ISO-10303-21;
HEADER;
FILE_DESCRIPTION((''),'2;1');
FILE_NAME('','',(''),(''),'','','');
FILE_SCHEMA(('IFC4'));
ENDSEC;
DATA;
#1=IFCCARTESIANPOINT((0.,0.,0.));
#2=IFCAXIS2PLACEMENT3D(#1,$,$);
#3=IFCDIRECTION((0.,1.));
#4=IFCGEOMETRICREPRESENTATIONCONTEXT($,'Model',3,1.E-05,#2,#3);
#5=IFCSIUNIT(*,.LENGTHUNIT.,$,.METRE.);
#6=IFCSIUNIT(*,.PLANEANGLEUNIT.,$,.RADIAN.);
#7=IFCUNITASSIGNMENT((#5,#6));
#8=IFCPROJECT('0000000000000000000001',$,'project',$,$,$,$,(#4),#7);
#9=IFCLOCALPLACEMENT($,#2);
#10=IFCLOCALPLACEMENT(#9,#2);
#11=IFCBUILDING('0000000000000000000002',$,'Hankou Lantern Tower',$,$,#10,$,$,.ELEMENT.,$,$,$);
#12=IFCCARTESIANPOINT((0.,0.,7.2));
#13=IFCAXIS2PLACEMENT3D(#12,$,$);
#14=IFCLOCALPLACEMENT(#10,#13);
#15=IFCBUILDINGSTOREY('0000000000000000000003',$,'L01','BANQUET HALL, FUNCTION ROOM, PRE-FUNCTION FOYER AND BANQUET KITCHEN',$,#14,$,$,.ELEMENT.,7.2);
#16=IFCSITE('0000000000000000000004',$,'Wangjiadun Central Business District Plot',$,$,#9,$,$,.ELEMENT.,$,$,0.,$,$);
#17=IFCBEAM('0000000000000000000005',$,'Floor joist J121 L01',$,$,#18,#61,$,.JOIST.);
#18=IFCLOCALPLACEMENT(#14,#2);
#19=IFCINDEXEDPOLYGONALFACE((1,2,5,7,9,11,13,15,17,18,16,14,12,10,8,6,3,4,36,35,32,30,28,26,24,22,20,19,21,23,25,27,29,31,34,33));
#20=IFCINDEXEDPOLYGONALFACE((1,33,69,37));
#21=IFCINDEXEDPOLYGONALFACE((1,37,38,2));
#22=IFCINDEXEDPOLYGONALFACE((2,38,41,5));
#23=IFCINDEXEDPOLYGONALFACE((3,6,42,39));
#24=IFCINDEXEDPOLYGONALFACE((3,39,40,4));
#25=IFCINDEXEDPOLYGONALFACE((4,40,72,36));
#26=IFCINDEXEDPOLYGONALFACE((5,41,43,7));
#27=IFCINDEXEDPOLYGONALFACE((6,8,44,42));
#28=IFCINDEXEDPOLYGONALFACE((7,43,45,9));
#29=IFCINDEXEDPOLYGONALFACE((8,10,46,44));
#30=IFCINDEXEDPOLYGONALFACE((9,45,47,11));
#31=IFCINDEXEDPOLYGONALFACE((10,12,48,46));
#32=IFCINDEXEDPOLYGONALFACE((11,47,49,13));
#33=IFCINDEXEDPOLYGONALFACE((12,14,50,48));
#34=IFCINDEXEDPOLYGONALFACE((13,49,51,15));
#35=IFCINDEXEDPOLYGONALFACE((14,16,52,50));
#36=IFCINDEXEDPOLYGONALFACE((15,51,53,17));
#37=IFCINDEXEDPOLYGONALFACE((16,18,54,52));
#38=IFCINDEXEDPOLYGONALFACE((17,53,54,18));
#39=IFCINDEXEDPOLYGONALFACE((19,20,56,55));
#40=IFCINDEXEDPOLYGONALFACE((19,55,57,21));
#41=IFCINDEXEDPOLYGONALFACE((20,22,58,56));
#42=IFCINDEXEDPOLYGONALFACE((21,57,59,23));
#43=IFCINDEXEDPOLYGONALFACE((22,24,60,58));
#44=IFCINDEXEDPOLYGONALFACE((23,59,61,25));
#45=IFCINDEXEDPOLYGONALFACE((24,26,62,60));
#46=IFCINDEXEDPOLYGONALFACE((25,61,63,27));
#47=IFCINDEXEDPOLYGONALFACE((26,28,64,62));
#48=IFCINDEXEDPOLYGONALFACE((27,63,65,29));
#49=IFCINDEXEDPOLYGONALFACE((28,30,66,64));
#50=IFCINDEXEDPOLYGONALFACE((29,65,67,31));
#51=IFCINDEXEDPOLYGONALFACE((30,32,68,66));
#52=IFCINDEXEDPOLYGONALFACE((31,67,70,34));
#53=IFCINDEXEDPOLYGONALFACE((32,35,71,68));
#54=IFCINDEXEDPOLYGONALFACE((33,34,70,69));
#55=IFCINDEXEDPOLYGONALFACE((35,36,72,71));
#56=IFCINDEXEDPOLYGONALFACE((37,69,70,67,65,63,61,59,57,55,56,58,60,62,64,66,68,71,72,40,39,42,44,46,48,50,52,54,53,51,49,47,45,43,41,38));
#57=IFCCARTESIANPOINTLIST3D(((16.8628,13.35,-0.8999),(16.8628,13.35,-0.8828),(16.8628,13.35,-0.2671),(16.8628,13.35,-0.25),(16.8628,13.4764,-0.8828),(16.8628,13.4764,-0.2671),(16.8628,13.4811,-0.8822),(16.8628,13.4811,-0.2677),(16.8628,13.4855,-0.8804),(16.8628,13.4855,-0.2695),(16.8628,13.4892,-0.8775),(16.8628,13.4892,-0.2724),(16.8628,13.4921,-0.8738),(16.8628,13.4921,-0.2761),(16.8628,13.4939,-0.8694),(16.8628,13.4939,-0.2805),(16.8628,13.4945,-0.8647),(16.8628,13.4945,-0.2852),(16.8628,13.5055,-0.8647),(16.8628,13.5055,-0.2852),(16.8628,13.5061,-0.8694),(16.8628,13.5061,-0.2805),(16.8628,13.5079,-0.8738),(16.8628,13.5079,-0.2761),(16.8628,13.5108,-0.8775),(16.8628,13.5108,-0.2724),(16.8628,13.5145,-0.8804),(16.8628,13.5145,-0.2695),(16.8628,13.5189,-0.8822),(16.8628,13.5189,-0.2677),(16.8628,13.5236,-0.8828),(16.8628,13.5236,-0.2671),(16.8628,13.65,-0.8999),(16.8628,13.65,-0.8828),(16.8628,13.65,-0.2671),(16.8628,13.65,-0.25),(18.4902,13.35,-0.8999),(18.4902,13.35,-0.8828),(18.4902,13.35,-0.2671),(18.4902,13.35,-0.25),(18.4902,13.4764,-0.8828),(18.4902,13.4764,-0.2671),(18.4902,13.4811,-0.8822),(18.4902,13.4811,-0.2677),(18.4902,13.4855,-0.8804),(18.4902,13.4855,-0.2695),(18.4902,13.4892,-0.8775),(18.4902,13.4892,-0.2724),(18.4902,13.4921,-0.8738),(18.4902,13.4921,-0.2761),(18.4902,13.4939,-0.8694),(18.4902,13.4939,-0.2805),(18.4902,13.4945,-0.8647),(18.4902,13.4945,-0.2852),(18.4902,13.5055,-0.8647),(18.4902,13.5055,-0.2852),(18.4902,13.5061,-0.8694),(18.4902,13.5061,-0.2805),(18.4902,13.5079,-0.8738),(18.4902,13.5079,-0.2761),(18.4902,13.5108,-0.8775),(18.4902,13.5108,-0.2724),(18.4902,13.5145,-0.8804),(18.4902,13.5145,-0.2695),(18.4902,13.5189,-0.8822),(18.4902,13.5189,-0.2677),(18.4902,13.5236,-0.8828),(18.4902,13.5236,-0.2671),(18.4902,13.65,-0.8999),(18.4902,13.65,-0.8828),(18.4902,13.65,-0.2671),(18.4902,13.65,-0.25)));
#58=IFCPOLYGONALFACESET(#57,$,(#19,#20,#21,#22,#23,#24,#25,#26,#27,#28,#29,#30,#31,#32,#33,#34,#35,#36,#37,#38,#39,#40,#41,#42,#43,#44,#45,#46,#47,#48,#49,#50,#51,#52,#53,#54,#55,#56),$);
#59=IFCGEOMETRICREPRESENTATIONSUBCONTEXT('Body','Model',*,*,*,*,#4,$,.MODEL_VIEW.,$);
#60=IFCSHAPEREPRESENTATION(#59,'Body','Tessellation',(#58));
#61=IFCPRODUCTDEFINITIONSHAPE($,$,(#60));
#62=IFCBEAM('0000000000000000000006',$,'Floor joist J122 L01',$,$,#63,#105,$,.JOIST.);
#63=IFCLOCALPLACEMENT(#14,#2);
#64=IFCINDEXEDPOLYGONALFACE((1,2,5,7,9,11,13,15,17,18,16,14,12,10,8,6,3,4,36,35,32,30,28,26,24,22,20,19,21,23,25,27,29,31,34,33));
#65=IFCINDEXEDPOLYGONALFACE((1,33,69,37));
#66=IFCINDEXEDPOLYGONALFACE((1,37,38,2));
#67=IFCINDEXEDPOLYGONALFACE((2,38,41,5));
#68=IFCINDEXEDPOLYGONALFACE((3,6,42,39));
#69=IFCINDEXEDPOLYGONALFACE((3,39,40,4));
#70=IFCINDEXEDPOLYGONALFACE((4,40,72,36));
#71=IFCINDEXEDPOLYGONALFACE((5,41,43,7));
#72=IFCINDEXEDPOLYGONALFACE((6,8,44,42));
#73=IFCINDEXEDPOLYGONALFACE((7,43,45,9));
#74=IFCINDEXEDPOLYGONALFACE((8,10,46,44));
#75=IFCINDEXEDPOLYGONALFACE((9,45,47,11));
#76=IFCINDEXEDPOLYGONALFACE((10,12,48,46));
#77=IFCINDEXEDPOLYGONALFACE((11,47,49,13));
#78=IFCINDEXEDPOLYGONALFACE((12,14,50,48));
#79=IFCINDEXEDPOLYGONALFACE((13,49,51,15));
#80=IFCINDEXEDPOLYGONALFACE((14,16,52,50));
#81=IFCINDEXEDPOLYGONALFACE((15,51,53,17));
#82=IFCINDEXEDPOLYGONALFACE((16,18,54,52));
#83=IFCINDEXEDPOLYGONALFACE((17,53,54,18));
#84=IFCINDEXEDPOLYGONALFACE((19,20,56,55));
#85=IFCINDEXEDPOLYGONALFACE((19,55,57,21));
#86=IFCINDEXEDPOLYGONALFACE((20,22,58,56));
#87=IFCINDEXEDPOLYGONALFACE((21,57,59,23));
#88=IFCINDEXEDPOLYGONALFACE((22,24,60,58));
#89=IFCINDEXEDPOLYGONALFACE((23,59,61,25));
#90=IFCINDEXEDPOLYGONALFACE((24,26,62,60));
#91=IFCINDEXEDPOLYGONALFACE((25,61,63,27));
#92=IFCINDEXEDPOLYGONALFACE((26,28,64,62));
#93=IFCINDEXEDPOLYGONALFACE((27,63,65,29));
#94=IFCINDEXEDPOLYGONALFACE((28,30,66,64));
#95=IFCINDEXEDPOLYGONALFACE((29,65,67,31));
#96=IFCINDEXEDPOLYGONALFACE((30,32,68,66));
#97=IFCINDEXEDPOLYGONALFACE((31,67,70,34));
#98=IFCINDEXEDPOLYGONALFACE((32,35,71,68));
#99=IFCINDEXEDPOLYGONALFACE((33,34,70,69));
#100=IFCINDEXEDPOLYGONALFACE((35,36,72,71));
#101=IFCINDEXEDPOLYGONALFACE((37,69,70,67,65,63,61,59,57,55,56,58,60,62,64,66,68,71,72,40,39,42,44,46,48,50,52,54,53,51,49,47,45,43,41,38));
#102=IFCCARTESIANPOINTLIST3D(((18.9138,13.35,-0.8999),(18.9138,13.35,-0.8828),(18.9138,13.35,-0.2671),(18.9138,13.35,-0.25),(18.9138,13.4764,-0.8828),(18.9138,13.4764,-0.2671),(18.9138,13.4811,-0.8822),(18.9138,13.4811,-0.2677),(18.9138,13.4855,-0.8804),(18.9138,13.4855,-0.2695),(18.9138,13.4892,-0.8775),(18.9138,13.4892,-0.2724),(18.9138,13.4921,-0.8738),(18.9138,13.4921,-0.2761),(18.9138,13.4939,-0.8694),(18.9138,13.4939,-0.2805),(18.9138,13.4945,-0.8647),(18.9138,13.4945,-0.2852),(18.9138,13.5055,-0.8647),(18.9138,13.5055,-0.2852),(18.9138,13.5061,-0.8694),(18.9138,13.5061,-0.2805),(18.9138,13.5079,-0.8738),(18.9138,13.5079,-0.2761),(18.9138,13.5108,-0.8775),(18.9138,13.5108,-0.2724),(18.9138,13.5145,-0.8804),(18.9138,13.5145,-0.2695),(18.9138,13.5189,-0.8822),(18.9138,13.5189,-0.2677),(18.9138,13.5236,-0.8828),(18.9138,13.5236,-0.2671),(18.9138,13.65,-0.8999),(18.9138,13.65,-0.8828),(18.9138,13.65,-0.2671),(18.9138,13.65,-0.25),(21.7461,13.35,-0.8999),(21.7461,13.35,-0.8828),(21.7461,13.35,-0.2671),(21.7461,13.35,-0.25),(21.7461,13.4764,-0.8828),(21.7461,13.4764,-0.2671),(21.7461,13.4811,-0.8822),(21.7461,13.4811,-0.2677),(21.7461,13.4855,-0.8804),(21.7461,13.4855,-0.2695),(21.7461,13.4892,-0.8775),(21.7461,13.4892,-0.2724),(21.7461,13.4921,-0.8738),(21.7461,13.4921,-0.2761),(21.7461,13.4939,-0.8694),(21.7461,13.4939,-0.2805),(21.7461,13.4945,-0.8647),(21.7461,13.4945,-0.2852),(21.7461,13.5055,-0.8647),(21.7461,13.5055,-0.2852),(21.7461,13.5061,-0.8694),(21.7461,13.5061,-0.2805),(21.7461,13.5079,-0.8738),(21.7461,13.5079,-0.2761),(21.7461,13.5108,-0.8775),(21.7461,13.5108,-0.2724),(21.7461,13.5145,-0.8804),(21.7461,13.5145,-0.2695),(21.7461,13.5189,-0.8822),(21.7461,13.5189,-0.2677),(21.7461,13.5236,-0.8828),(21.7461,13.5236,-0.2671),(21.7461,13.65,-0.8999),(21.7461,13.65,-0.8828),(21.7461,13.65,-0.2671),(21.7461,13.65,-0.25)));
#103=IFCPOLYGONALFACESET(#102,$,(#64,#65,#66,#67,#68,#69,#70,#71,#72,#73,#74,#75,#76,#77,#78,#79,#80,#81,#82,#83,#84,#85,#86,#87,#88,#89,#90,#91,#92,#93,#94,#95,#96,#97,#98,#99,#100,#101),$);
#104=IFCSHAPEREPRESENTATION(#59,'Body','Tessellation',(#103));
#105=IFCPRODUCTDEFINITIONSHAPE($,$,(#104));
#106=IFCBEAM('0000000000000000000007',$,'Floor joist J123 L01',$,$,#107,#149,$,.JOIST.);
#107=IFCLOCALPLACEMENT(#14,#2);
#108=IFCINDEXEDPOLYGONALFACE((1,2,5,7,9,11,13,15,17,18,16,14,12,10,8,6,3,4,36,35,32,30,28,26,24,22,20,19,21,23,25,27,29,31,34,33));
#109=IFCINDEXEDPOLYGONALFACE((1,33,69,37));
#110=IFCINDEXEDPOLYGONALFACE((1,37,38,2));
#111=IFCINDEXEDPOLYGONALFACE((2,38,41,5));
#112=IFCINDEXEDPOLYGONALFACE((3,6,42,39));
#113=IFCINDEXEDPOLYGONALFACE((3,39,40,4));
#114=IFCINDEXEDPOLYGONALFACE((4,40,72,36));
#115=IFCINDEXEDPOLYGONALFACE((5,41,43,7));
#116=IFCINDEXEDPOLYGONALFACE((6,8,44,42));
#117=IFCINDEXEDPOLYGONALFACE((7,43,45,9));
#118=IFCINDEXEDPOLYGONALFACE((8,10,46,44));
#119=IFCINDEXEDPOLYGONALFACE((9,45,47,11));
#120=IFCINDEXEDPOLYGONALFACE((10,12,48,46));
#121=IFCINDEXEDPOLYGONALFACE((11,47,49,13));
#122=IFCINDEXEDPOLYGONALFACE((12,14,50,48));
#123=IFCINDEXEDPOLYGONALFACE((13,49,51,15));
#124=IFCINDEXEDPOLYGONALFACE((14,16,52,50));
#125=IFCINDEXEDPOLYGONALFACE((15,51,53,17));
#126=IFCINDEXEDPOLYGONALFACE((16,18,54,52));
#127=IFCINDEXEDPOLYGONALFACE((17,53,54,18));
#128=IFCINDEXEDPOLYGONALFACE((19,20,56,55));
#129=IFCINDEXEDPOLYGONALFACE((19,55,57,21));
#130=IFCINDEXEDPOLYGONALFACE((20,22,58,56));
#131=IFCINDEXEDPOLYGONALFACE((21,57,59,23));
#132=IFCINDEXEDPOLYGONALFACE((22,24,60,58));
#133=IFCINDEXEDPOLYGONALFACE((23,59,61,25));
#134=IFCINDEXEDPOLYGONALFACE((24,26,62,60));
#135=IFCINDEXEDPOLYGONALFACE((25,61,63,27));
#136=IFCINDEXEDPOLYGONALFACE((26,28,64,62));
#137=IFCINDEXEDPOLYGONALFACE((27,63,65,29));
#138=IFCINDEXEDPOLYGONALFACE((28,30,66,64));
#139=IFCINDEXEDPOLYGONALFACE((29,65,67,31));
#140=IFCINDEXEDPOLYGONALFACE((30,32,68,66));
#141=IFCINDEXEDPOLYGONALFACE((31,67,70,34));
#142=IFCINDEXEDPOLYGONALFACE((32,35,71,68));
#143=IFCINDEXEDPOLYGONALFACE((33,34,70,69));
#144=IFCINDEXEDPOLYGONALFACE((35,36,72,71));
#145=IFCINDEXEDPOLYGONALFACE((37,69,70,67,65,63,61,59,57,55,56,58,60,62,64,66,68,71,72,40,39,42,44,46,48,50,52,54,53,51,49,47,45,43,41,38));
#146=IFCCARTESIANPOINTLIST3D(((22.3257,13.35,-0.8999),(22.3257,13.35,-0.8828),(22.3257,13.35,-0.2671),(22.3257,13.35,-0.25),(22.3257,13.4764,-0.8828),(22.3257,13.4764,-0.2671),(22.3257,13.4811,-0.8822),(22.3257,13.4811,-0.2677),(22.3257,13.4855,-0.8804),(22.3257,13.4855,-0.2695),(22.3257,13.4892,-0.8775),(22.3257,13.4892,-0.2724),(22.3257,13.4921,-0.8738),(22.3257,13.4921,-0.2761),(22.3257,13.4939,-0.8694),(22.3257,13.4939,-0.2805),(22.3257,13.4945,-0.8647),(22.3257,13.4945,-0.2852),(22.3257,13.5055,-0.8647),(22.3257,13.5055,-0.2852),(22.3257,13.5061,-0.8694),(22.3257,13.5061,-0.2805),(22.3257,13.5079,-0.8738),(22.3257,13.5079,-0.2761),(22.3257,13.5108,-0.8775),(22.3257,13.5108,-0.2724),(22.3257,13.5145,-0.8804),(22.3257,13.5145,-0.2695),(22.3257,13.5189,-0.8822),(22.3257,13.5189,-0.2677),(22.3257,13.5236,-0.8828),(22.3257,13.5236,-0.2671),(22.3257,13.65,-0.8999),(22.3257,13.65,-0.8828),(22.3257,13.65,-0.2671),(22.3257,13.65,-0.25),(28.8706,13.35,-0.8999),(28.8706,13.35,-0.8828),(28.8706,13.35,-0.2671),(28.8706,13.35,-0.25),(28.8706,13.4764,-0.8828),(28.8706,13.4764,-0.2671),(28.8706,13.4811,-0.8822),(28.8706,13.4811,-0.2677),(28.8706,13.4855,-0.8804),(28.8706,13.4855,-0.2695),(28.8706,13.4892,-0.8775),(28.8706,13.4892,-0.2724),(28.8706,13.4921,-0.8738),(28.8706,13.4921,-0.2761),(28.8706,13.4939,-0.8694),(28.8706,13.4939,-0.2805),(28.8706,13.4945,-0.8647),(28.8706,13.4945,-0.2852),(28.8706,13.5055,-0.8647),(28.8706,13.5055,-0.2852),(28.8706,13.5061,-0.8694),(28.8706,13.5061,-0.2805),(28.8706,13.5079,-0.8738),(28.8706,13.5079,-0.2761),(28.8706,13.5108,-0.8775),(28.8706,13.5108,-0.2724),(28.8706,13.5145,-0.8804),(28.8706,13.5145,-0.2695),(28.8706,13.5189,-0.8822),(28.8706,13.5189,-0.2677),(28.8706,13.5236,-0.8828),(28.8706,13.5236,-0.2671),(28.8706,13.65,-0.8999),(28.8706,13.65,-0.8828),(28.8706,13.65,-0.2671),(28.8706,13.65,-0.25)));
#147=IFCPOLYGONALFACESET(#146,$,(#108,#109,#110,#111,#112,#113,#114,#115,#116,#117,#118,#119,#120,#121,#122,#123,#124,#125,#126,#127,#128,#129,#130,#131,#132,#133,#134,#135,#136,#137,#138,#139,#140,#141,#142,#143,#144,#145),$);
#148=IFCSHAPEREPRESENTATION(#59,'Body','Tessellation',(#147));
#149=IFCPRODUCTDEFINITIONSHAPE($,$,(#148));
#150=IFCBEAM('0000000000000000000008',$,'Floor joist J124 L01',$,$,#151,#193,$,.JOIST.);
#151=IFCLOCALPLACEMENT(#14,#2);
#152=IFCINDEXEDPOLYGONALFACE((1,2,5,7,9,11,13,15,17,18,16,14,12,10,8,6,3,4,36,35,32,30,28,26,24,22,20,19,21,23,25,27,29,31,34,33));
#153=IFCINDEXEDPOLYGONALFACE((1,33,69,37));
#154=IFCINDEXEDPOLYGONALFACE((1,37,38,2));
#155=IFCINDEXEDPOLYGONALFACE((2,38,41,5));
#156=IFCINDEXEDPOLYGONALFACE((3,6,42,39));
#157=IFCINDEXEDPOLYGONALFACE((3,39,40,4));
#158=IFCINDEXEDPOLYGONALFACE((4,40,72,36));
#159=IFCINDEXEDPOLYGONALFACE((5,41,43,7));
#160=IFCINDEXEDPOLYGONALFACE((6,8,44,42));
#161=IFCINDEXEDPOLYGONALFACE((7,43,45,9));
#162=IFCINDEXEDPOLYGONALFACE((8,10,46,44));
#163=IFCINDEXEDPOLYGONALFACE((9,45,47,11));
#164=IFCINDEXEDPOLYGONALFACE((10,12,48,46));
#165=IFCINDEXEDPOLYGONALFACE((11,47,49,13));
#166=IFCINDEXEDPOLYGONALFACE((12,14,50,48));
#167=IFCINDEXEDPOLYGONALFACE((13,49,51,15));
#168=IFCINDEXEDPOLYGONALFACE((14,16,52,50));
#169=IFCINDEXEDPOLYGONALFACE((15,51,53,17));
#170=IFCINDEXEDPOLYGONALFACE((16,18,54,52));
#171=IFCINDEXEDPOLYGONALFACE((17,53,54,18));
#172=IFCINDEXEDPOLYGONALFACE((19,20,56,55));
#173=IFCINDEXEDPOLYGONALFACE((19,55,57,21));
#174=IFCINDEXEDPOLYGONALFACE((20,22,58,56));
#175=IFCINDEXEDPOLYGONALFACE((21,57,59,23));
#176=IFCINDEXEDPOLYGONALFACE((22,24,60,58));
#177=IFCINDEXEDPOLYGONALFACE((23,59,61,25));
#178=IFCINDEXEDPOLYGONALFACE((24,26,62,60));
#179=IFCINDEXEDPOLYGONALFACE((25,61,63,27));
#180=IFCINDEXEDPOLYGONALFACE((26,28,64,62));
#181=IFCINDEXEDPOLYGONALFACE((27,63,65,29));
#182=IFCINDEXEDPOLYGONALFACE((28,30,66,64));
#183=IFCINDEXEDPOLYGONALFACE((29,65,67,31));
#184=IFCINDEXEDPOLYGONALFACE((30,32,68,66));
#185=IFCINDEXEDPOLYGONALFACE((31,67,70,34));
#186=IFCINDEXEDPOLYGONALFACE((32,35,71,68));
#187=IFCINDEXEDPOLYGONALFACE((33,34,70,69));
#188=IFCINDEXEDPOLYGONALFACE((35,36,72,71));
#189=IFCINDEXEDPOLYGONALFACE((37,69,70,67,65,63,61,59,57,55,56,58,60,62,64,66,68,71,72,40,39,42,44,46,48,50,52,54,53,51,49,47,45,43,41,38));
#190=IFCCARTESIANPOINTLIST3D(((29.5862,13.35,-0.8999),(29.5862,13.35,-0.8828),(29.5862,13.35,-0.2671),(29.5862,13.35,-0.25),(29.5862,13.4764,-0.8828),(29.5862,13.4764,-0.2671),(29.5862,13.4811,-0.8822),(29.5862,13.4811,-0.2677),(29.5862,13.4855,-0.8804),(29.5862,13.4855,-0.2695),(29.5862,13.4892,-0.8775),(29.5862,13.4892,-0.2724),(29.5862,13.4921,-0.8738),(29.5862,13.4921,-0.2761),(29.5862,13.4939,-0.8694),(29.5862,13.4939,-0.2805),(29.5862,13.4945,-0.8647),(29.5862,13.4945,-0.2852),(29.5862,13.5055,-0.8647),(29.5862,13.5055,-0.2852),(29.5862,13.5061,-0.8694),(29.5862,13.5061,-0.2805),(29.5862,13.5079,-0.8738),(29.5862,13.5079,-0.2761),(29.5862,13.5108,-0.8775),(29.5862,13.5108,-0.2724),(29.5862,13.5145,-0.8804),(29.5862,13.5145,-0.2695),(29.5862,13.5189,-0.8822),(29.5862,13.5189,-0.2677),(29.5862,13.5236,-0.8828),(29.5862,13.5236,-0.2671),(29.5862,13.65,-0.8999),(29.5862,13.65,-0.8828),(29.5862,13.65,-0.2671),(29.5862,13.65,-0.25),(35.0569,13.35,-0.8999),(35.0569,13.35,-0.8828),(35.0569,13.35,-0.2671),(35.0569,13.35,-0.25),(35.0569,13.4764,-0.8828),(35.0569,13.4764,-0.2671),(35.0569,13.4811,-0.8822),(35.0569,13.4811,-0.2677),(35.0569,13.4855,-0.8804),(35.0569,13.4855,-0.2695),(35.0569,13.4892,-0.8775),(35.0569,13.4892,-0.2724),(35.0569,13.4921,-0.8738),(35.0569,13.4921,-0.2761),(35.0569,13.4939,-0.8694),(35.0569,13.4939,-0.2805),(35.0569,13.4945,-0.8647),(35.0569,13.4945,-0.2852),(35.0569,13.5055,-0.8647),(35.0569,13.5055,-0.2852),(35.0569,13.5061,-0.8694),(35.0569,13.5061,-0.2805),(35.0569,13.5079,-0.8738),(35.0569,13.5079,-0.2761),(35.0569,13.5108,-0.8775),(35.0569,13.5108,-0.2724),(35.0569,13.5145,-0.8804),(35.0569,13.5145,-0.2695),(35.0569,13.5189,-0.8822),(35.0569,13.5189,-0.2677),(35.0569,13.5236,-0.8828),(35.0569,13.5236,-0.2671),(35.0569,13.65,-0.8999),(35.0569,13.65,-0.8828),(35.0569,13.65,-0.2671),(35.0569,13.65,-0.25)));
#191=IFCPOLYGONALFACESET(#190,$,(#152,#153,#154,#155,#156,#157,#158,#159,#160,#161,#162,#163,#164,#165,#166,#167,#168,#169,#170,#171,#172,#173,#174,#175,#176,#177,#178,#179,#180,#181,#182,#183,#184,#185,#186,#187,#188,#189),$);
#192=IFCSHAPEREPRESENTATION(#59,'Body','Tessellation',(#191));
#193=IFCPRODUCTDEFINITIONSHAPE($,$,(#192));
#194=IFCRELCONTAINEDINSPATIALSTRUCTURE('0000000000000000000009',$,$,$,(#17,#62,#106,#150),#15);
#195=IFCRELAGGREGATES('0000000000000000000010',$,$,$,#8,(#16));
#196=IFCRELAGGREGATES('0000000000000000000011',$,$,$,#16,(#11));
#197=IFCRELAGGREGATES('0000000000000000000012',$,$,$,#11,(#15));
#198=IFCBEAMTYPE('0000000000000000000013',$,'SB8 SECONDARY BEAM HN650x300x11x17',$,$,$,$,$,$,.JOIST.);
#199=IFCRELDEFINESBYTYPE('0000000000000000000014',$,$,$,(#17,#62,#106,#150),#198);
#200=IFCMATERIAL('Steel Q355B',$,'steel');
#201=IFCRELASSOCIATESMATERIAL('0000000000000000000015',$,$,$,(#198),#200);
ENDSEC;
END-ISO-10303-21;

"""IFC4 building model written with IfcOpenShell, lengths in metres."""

from ifc_helpers import new_model, si_unit, direction, frame, origin, origin_2d, place, context, subcontext, project, spatial, i_section, extrude, material, material_profile, profile_set, type_object, element, save


model = new_model("IFC4")

# Units and contexts
model_context = context("Model", 3, precision=1e-05, world=origin(), true_north=direction((0.0, 1.0)))
body_context = subcontext(model_context, "Body", "Model", "MODEL_VIEW")
ifc_project = project(units=[si_unit("LENGTHUNIT", "METRE"), si_unit("PLANEANGLEUNIT", "RADIAN")], contexts=[model_context])

# Site, building, storey
site_placement = place(None, origin())
site = spatial("IfcSite", under=ifc_project, at=site_placement, Name="Wangjiadun Central Business District Plot", CompositionType="ELEMENT", RefElevation=0.0)
building_placement = place(site_placement, origin())
building = spatial("IfcBuilding", under=site, at=building_placement, Name="Hankou Lantern Tower", CompositionType="ELEMENT")
storey_placement = place(building_placement, frame((0.0, 0.0, 7.2)))
storey = spatial("IfcBuildingStorey", under=building, at=storey_placement, Name="L01", Description="BANQUET HALL, FUNCTION ROOM, PRE-FUNCTION FOYER AND BANQUET KITCHEN", CompositionType="ELEMENT", Elevation=7.2)

# Beams
ifc_material_1 = material(Name="Steel Q355B", Category="steel")
ifc_material_profile_1 = material_profile(ifc_material_1, i_section(OverallWidth=0.3, OverallDepth=0.6499, WebThickness=0.011, FlangeThickness=0.0171, FilletRadius=0.0181, at=origin_2d()), Name="HN650x300x11x17")
ifc_profile_set_1 = profile_set([ifc_material_profile_1], Name="Steel Q355B")
beam_type_1 = type_object("IfcBeamType", Name="SB8 SECONDARY BEAM HN650x300x11x17", PredefinedType="JOIST", material=ifc_profile_set_1)
beam_1_placement = place(storey_placement, frame((16.8628, 13.5, -0.575), z_axis=(1.0, 0.0, 0.0), x_axis=(0.0, 1.0, 0.0)))
element("IfcBeam", 1, at=beam_1_placement, inside=storey, type_object=beam_type_1, Name="Floor joist J121 L01", PredefinedType="JOIST", context=body_context, shape_type="SweptSolid", body=[
    extrude(i_section(OverallWidth=0.3, OverallDepth=0.6499, WebThickness=0.011, FlangeThickness=0.0171, FilletRadius=0.0181, at=origin_2d()), origin(), (0.0, 0.0, 1.0), 1.6274),
])
beam_2_placement = place(storey_placement, frame((18.9138, 13.5, -0.575), z_axis=(1.0, 0.0, 0.0), x_axis=(0.0, 1.0, 0.0)))
element("IfcBeam", 2, at=beam_2_placement, inside=storey, type_object=beam_type_1, Name="Floor joist J122 L01", PredefinedType="JOIST", context=body_context, shape_type="SweptSolid", body=[
    extrude(i_section(OverallWidth=0.3, OverallDepth=0.6499, WebThickness=0.011, FlangeThickness=0.0171, FilletRadius=0.0181, at=origin_2d()), origin(), (0.0, 0.0, 1.0), 2.8323),
])
beam_3_placement = place(storey_placement, frame((22.3257, 13.5, -0.575), z_axis=(1.0, 0.0, 0.0), x_axis=(0.0, 1.0, 0.0)))
element("IfcBeam", 3, at=beam_3_placement, inside=storey, type_object=beam_type_1, Name="Floor joist J123 L01", PredefinedType="JOIST", context=body_context, shape_type="SweptSolid", body=[
    extrude(i_section(OverallWidth=0.3, OverallDepth=0.6499, WebThickness=0.011, FlangeThickness=0.0171, FilletRadius=0.0181, at=origin_2d()), origin(), (0.0, 0.0, 1.0), 6.5449),
])
beam_4_placement = place(storey_placement, frame((29.5862, 13.5, -0.575), z_axis=(1.0, 0.0, 0.0), x_axis=(0.0, 1.0, 0.0)))
element("IfcBeam", 4, at=beam_4_placement, inside=storey, type_object=beam_type_1, Name="Floor joist J124 L01", PredefinedType="JOIST", context=body_context, shape_type="SweptSolid", body=[
    extrude(i_section(OverallWidth=0.3, OverallDepth=0.6499, WebThickness=0.011, FlangeThickness=0.0171, FilletRadius=0.0181, at=origin_2d()), origin(), (0.0, 0.0, 1.0), 5.4707),
])

save(model, "model.ifc")
